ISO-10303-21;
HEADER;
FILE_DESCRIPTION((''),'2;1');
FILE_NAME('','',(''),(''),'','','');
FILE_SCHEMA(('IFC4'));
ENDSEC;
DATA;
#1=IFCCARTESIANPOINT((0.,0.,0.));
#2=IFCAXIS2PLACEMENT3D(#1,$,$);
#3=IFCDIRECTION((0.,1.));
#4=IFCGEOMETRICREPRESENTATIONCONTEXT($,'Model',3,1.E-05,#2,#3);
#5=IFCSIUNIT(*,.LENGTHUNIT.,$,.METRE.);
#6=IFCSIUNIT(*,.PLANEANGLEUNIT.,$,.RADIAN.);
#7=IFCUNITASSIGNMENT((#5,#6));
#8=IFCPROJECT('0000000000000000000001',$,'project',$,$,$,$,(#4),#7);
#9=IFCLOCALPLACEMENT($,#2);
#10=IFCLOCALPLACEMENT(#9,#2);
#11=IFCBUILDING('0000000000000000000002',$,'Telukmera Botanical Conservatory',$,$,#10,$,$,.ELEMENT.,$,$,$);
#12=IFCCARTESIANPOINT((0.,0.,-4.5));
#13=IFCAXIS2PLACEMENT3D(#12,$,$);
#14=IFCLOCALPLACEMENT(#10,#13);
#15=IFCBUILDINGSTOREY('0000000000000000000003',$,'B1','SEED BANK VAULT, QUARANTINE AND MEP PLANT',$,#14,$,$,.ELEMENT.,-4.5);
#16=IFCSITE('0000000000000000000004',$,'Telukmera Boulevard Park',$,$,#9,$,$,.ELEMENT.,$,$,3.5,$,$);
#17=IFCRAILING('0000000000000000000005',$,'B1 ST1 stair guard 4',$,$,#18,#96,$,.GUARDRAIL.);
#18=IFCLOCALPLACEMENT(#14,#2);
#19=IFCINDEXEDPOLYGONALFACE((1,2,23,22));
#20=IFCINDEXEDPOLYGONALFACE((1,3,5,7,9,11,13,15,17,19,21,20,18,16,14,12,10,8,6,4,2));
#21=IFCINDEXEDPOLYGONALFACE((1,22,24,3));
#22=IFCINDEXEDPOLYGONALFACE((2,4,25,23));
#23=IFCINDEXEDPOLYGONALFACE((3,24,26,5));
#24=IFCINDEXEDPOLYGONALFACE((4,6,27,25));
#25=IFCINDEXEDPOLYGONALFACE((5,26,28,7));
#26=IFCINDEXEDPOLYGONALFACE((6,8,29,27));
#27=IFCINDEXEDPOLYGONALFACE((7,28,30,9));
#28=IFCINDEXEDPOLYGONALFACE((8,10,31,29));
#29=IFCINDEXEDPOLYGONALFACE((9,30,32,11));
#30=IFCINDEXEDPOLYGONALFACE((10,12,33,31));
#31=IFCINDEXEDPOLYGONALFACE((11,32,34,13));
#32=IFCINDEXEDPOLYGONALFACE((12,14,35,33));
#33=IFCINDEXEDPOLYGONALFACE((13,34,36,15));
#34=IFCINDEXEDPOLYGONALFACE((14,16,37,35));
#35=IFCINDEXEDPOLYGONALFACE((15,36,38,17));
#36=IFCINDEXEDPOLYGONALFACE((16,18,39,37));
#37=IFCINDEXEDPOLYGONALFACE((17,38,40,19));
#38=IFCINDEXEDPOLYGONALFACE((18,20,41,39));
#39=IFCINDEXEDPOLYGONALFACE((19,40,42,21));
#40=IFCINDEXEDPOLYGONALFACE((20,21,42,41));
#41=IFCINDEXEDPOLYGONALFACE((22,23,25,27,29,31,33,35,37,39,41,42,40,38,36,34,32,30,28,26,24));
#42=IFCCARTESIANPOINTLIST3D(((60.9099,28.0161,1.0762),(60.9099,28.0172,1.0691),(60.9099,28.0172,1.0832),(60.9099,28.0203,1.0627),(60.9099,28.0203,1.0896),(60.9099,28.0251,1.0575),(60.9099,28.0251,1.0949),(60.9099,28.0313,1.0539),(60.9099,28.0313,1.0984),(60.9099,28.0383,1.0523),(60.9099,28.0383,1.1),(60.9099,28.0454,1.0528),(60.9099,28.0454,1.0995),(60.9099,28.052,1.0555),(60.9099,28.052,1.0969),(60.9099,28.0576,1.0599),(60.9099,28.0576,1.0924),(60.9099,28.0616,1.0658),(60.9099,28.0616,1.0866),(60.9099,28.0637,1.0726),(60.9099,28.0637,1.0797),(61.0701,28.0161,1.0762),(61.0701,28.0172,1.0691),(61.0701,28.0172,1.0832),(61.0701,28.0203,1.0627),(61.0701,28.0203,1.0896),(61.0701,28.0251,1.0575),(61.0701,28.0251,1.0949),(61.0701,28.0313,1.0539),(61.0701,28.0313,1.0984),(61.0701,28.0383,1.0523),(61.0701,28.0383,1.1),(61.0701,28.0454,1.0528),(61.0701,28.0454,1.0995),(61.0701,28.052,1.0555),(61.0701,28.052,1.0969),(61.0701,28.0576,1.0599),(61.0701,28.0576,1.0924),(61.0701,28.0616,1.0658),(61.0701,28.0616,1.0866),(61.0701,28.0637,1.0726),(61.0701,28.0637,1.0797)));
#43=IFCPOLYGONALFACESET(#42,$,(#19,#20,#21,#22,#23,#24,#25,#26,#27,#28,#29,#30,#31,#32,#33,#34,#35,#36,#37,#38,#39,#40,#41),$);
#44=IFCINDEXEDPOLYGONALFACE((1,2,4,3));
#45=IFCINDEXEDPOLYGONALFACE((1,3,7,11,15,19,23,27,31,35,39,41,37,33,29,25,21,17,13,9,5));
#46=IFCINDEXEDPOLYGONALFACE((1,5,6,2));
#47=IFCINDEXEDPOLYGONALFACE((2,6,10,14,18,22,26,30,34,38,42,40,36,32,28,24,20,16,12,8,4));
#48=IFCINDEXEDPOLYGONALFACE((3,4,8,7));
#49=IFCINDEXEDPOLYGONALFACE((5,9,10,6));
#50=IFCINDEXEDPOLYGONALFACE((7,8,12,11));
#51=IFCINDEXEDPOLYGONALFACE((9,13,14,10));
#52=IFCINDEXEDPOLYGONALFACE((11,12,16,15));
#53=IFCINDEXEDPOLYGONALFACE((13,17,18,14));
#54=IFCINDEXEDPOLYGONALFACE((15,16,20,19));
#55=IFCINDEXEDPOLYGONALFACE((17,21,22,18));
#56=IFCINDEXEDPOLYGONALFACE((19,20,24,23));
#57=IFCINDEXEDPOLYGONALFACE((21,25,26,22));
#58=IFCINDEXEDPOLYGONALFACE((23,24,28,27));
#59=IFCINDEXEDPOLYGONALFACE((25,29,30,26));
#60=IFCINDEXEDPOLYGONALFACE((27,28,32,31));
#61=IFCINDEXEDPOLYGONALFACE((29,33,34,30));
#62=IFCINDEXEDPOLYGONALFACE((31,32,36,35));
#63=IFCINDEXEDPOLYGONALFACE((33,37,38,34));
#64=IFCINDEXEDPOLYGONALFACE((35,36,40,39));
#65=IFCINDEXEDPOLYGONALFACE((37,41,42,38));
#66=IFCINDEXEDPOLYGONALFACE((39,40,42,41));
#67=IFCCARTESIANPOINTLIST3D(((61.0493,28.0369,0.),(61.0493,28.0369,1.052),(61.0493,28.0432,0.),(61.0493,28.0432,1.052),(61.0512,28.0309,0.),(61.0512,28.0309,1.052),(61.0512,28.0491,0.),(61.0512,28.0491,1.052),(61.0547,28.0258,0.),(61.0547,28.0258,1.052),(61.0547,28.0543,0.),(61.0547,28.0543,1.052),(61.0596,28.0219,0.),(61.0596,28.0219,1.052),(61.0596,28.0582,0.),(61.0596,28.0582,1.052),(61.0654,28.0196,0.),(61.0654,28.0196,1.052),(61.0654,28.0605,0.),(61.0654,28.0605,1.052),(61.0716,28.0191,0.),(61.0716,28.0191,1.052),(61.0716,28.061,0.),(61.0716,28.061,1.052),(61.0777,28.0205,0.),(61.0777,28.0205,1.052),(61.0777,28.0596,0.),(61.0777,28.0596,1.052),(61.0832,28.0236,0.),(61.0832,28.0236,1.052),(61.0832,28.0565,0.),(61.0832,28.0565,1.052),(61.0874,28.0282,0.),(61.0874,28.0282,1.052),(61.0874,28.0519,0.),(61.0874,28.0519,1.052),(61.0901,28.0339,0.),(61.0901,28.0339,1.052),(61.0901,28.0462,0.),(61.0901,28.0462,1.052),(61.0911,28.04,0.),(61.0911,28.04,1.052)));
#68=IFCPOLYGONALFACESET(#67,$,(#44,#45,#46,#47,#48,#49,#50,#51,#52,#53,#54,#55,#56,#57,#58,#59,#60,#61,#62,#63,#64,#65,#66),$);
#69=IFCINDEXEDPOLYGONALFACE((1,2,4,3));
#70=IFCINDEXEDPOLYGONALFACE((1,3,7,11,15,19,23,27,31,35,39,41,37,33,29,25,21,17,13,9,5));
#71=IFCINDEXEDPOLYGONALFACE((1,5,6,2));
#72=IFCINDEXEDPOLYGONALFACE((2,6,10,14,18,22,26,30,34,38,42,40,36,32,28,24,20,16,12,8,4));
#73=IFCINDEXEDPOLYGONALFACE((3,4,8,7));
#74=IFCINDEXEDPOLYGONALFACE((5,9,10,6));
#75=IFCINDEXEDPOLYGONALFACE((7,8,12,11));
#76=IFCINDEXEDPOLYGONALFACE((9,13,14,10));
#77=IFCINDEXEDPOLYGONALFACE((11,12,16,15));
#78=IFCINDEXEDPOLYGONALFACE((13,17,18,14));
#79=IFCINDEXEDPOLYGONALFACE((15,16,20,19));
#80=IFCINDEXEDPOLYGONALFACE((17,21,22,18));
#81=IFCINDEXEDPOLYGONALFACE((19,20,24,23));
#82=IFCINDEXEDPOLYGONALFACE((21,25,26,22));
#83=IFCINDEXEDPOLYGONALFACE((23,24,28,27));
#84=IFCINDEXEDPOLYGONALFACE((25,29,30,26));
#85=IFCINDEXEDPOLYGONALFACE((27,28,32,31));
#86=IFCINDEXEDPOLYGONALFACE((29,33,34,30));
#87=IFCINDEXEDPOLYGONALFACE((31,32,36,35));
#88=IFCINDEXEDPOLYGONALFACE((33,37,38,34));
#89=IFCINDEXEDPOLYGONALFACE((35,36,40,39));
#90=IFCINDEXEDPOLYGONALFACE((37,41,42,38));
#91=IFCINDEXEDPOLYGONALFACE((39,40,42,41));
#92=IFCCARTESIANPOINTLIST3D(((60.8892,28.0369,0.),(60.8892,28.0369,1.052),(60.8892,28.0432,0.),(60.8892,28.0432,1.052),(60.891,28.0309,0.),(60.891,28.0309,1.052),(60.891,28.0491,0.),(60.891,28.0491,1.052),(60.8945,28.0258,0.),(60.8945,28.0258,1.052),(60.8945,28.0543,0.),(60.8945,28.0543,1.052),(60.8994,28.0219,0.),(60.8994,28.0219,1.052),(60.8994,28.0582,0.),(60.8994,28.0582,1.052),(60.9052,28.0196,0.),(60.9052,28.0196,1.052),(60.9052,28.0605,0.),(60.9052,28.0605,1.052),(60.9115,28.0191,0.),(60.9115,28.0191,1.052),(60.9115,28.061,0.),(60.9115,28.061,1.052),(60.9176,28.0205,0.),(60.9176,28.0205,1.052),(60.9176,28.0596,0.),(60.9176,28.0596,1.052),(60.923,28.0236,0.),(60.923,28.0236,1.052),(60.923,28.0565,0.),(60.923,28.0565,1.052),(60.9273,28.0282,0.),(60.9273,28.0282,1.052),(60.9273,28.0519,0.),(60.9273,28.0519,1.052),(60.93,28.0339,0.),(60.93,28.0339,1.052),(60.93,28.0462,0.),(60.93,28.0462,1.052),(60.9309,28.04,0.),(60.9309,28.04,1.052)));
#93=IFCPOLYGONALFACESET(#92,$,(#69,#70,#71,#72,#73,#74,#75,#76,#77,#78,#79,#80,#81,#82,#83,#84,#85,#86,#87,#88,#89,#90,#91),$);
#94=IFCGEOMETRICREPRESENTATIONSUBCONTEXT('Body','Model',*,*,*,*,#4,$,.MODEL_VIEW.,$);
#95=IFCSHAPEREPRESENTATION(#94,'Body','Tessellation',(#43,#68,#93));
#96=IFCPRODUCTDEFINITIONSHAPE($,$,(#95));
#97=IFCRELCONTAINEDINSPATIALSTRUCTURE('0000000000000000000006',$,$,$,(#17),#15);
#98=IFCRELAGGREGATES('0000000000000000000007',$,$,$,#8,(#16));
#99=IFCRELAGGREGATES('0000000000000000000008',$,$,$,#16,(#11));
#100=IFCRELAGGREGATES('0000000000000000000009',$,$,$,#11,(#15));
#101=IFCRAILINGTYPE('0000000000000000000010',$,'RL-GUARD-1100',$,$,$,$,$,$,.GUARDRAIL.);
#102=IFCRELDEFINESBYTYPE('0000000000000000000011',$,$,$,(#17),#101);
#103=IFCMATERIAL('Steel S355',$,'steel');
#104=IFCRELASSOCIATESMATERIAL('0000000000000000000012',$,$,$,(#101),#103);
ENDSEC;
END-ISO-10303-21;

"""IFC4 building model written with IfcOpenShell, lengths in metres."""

from ifc_helpers import new_model, si_unit, direction, frame, origin, origin_2d, place, context, subcontext, project, spatial, circle, extrude, material, type_object, element, save


model = new_model("IFC4")

# Units and contexts
model_context = context("Model", 3, precision=1e-05, world=origin(), true_north=direction((0.0, 1.0)))
body_context = subcontext(model_context, "Body", "Model", "MODEL_VIEW")
ifc_project = project(units=[si_unit("LENGTHUNIT", "METRE"), si_unit("PLANEANGLEUNIT", "RADIAN")], contexts=[model_context])

# Site, building, storey
site_placement = place(None, origin())
site = spatial("IfcSite", under=ifc_project, at=site_placement, Name="Telukmera Boulevard Park", CompositionType="ELEMENT", RefElevation=3.5)
building_placement = place(site_placement, origin())
building = spatial("IfcBuilding", under=site, at=building_placement, Name="Telukmera Botanical Conservatory", CompositionType="ELEMENT")
storey_placement = place(building_placement, frame((0.0, 0.0, -4.5)))
storey = spatial("IfcBuildingStorey", under=building, at=storey_placement, Name="B1", Description="SEED BANK VAULT, QUARANTINE AND MEP PLANT", CompositionType="ELEMENT", Elevation=-4.5)

# Railing
ifc_material_1 = material(Name="Steel S355", Category="steel")
railing_type_1 = type_object("IfcRailingType", Name="RL-GUARD-1100", PredefinedType="GUARDRAIL", material=ifc_material_1)
railing_1_placement = place(storey_placement, frame((61.0701, 28.04, 0.0)))
element("IfcRailing", 1, at=railing_1_placement, inside=storey, type_object=railing_type_1, Name="B1 ST1 stair guard 4", PredefinedType="GUARDRAIL", context=body_context, shape_type="SweptSolid", body=[
    extrude(circle(Radius=0.0239, at=origin_2d()), frame((0.0, 0.0, 1.0762), z_axis=(-1.0, 0.0, 0.0), x_axis=(0.0, -1.0, 0.0)), (0.0, 0.0, 1.0), 0.1602),
    extrude(circle(Radius=0.021, at=origin_2d()), origin(), (0.0, 0.0, 1.0), 1.052),
    extrude(circle(Radius=0.021, at=origin_2d()), frame((-0.1602, 0.0, 0.0)), (0.0, 0.0, 1.0), 1.052),
])

save(model, "model.ifc")
